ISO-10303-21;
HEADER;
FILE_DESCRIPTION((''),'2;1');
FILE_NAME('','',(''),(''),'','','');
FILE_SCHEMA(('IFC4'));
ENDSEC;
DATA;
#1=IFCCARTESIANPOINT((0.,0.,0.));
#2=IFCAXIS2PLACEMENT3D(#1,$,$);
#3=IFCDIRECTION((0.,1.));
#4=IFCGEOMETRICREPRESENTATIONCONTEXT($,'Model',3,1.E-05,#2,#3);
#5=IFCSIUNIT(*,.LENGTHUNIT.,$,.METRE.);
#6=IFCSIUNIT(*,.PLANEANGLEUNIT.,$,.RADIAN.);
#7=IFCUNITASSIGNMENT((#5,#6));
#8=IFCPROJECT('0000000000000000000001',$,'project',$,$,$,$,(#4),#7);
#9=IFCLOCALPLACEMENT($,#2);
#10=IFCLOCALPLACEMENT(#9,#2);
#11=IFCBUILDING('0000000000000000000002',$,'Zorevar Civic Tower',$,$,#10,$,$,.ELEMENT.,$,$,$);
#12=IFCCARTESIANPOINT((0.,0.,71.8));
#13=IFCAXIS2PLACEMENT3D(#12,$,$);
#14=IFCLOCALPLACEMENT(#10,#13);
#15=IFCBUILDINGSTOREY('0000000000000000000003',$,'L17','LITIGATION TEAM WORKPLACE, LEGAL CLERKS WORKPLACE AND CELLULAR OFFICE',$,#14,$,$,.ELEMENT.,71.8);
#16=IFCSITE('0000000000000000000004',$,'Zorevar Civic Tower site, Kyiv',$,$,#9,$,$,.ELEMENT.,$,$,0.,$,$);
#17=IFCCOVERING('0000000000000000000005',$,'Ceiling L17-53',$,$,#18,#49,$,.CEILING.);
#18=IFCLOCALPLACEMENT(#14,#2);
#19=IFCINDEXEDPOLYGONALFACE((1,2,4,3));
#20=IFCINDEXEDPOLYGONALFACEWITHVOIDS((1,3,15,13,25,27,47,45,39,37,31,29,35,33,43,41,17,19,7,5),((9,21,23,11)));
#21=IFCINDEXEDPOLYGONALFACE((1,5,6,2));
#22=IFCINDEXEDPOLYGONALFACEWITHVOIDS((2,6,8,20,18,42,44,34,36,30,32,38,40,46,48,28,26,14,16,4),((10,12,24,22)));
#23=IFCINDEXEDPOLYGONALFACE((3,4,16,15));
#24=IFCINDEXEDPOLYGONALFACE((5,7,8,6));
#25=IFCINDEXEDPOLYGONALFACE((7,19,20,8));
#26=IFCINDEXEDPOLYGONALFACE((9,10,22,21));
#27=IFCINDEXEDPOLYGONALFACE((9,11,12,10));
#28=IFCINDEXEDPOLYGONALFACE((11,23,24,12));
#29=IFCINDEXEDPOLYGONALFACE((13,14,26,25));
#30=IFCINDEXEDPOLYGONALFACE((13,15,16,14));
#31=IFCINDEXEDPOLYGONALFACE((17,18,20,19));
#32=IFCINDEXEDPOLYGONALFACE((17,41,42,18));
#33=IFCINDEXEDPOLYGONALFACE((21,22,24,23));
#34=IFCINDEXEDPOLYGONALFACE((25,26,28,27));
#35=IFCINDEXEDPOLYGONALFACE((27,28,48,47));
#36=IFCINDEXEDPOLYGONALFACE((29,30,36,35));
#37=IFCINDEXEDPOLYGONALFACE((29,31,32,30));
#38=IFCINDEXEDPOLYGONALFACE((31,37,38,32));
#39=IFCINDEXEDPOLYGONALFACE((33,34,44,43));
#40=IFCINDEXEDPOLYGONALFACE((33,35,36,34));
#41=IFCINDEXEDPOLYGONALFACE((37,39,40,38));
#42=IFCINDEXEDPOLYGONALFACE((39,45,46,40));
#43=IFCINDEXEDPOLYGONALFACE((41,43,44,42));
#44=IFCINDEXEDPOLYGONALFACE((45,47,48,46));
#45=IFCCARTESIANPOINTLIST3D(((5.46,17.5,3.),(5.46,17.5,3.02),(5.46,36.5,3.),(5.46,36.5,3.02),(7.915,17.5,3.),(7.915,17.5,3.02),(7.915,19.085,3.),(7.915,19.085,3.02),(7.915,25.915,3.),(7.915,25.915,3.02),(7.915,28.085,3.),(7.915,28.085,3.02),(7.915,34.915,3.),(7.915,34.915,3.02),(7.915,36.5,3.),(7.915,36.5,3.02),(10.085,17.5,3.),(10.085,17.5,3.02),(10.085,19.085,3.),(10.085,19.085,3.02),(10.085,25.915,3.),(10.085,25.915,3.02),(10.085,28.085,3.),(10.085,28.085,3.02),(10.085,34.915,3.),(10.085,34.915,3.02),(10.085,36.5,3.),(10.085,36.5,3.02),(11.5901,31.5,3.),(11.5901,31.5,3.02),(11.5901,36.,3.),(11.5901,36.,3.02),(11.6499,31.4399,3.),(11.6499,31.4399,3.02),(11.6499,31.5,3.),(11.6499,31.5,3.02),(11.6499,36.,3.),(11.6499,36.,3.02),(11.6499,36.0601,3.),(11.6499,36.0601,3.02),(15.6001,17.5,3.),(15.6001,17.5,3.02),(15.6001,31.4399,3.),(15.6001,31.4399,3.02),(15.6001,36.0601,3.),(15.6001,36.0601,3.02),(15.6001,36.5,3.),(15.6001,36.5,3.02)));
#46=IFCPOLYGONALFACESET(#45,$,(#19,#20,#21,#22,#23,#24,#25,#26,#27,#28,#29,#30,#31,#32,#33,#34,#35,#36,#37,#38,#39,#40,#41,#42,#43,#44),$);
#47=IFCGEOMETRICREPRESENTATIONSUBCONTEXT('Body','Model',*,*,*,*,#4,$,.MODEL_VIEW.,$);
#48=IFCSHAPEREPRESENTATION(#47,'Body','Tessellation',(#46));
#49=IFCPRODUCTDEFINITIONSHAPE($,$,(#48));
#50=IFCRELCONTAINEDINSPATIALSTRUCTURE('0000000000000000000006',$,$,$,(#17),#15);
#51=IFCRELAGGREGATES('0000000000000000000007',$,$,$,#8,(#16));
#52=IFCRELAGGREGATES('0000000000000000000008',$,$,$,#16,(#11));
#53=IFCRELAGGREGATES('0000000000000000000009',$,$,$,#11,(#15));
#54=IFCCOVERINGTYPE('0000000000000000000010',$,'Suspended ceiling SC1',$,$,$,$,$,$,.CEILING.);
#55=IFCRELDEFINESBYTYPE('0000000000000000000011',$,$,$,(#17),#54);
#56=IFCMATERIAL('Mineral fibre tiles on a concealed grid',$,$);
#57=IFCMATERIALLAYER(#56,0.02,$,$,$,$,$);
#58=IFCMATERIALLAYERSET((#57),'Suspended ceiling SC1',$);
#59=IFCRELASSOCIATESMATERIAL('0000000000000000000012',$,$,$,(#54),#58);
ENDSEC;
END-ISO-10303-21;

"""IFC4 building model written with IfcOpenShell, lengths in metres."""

from ifc_helpers import new_model, si_unit, direction, frame, origin, place, context, subcontext, project, spatial, polyline, outline, extrude, material, layer, layer_set, type_object, element, save


model = new_model("IFC4")

# Units and contexts
model_context = context("Model", 3, precision=1e-05, world=origin(), true_north=direction((0.0, 1.0)))
body_context = subcontext(model_context, "Body", "Model", "MODEL_VIEW")
ifc_project = project(units=[si_unit("LENGTHUNIT", "METRE"), si_unit("PLANEANGLEUNIT", "RADIAN")], contexts=[model_context])

# Site, building, storey
site_placement = place(None, origin())
site = spatial("IfcSite", under=ifc_project, at=site_placement, Name="Zorevar Civic Tower site, Kyiv", CompositionType="ELEMENT", RefElevation=0.0)
building_placement = place(site_placement, origin())
building = spatial("IfcBuilding", under=site, at=building_placement, Name="Zorevar Civic Tower", CompositionType="ELEMENT")
storey_placement = place(building_placement, frame((0.0, 0.0, 71.8)))
storey = spatial("IfcBuildingStorey", under=building, at=storey_placement, Name="L17", Description="LITIGATION TEAM WORKPLACE, LEGAL CLERKS WORKPLACE AND CELLULAR OFFICE", CompositionType="ELEMENT", Elevation=71.8)

# Covering
ifc_material_1 = material(Name="Mineral fibre tiles on a concealed grid")
ifc_layer_1 = layer(ifc_material_1, 0.02)
ifc_layer_set_1 = layer_set([ifc_layer_1], Name="Suspended ceiling SC1")
covering_type_1 = type_object("IfcCoveringType", Name="Suspended ceiling SC1", PredefinedType="CEILING", material=ifc_layer_set_1)
covering_1_placement = place(storey_placement, frame((0.0, 0.0, 3.0)))
element("IfcCovering", 1, at=covering_1_placement, inside=storey, type_object=covering_type_1, Name="Ceiling L17-53", PredefinedType="CEILING", context=body_context, shape_type="SweptSolid", body=[
    extrude(outline(polyline([(15.6001, 36.5), (15.6001, 36.0601), (11.6499, 36.0601), (11.6499, 36.0), (11.5901, 36.0), (11.5901, 31.5), (11.6499, 31.5), (11.6499, 31.4399), (15.6001, 31.4399), (15.6001, 17.5), (10.085, 17.5), (10.085, 19.085), (7.915, 19.085), (7.915, 17.5), (5.46, 17.5), (5.46, 36.5), (7.915, 36.5), (7.915, 34.915), (10.085, 34.915), (10.085, 36.5), (15.6001, 36.5)]), holes=[polyline([(7.915, 28.085), (7.915, 25.915), (10.085, 25.915), (10.085, 28.085), (7.915, 28.085)])]), origin(), (0.0, 0.0, 1.0), 0.02),
])

save(model, "model.ifc")
